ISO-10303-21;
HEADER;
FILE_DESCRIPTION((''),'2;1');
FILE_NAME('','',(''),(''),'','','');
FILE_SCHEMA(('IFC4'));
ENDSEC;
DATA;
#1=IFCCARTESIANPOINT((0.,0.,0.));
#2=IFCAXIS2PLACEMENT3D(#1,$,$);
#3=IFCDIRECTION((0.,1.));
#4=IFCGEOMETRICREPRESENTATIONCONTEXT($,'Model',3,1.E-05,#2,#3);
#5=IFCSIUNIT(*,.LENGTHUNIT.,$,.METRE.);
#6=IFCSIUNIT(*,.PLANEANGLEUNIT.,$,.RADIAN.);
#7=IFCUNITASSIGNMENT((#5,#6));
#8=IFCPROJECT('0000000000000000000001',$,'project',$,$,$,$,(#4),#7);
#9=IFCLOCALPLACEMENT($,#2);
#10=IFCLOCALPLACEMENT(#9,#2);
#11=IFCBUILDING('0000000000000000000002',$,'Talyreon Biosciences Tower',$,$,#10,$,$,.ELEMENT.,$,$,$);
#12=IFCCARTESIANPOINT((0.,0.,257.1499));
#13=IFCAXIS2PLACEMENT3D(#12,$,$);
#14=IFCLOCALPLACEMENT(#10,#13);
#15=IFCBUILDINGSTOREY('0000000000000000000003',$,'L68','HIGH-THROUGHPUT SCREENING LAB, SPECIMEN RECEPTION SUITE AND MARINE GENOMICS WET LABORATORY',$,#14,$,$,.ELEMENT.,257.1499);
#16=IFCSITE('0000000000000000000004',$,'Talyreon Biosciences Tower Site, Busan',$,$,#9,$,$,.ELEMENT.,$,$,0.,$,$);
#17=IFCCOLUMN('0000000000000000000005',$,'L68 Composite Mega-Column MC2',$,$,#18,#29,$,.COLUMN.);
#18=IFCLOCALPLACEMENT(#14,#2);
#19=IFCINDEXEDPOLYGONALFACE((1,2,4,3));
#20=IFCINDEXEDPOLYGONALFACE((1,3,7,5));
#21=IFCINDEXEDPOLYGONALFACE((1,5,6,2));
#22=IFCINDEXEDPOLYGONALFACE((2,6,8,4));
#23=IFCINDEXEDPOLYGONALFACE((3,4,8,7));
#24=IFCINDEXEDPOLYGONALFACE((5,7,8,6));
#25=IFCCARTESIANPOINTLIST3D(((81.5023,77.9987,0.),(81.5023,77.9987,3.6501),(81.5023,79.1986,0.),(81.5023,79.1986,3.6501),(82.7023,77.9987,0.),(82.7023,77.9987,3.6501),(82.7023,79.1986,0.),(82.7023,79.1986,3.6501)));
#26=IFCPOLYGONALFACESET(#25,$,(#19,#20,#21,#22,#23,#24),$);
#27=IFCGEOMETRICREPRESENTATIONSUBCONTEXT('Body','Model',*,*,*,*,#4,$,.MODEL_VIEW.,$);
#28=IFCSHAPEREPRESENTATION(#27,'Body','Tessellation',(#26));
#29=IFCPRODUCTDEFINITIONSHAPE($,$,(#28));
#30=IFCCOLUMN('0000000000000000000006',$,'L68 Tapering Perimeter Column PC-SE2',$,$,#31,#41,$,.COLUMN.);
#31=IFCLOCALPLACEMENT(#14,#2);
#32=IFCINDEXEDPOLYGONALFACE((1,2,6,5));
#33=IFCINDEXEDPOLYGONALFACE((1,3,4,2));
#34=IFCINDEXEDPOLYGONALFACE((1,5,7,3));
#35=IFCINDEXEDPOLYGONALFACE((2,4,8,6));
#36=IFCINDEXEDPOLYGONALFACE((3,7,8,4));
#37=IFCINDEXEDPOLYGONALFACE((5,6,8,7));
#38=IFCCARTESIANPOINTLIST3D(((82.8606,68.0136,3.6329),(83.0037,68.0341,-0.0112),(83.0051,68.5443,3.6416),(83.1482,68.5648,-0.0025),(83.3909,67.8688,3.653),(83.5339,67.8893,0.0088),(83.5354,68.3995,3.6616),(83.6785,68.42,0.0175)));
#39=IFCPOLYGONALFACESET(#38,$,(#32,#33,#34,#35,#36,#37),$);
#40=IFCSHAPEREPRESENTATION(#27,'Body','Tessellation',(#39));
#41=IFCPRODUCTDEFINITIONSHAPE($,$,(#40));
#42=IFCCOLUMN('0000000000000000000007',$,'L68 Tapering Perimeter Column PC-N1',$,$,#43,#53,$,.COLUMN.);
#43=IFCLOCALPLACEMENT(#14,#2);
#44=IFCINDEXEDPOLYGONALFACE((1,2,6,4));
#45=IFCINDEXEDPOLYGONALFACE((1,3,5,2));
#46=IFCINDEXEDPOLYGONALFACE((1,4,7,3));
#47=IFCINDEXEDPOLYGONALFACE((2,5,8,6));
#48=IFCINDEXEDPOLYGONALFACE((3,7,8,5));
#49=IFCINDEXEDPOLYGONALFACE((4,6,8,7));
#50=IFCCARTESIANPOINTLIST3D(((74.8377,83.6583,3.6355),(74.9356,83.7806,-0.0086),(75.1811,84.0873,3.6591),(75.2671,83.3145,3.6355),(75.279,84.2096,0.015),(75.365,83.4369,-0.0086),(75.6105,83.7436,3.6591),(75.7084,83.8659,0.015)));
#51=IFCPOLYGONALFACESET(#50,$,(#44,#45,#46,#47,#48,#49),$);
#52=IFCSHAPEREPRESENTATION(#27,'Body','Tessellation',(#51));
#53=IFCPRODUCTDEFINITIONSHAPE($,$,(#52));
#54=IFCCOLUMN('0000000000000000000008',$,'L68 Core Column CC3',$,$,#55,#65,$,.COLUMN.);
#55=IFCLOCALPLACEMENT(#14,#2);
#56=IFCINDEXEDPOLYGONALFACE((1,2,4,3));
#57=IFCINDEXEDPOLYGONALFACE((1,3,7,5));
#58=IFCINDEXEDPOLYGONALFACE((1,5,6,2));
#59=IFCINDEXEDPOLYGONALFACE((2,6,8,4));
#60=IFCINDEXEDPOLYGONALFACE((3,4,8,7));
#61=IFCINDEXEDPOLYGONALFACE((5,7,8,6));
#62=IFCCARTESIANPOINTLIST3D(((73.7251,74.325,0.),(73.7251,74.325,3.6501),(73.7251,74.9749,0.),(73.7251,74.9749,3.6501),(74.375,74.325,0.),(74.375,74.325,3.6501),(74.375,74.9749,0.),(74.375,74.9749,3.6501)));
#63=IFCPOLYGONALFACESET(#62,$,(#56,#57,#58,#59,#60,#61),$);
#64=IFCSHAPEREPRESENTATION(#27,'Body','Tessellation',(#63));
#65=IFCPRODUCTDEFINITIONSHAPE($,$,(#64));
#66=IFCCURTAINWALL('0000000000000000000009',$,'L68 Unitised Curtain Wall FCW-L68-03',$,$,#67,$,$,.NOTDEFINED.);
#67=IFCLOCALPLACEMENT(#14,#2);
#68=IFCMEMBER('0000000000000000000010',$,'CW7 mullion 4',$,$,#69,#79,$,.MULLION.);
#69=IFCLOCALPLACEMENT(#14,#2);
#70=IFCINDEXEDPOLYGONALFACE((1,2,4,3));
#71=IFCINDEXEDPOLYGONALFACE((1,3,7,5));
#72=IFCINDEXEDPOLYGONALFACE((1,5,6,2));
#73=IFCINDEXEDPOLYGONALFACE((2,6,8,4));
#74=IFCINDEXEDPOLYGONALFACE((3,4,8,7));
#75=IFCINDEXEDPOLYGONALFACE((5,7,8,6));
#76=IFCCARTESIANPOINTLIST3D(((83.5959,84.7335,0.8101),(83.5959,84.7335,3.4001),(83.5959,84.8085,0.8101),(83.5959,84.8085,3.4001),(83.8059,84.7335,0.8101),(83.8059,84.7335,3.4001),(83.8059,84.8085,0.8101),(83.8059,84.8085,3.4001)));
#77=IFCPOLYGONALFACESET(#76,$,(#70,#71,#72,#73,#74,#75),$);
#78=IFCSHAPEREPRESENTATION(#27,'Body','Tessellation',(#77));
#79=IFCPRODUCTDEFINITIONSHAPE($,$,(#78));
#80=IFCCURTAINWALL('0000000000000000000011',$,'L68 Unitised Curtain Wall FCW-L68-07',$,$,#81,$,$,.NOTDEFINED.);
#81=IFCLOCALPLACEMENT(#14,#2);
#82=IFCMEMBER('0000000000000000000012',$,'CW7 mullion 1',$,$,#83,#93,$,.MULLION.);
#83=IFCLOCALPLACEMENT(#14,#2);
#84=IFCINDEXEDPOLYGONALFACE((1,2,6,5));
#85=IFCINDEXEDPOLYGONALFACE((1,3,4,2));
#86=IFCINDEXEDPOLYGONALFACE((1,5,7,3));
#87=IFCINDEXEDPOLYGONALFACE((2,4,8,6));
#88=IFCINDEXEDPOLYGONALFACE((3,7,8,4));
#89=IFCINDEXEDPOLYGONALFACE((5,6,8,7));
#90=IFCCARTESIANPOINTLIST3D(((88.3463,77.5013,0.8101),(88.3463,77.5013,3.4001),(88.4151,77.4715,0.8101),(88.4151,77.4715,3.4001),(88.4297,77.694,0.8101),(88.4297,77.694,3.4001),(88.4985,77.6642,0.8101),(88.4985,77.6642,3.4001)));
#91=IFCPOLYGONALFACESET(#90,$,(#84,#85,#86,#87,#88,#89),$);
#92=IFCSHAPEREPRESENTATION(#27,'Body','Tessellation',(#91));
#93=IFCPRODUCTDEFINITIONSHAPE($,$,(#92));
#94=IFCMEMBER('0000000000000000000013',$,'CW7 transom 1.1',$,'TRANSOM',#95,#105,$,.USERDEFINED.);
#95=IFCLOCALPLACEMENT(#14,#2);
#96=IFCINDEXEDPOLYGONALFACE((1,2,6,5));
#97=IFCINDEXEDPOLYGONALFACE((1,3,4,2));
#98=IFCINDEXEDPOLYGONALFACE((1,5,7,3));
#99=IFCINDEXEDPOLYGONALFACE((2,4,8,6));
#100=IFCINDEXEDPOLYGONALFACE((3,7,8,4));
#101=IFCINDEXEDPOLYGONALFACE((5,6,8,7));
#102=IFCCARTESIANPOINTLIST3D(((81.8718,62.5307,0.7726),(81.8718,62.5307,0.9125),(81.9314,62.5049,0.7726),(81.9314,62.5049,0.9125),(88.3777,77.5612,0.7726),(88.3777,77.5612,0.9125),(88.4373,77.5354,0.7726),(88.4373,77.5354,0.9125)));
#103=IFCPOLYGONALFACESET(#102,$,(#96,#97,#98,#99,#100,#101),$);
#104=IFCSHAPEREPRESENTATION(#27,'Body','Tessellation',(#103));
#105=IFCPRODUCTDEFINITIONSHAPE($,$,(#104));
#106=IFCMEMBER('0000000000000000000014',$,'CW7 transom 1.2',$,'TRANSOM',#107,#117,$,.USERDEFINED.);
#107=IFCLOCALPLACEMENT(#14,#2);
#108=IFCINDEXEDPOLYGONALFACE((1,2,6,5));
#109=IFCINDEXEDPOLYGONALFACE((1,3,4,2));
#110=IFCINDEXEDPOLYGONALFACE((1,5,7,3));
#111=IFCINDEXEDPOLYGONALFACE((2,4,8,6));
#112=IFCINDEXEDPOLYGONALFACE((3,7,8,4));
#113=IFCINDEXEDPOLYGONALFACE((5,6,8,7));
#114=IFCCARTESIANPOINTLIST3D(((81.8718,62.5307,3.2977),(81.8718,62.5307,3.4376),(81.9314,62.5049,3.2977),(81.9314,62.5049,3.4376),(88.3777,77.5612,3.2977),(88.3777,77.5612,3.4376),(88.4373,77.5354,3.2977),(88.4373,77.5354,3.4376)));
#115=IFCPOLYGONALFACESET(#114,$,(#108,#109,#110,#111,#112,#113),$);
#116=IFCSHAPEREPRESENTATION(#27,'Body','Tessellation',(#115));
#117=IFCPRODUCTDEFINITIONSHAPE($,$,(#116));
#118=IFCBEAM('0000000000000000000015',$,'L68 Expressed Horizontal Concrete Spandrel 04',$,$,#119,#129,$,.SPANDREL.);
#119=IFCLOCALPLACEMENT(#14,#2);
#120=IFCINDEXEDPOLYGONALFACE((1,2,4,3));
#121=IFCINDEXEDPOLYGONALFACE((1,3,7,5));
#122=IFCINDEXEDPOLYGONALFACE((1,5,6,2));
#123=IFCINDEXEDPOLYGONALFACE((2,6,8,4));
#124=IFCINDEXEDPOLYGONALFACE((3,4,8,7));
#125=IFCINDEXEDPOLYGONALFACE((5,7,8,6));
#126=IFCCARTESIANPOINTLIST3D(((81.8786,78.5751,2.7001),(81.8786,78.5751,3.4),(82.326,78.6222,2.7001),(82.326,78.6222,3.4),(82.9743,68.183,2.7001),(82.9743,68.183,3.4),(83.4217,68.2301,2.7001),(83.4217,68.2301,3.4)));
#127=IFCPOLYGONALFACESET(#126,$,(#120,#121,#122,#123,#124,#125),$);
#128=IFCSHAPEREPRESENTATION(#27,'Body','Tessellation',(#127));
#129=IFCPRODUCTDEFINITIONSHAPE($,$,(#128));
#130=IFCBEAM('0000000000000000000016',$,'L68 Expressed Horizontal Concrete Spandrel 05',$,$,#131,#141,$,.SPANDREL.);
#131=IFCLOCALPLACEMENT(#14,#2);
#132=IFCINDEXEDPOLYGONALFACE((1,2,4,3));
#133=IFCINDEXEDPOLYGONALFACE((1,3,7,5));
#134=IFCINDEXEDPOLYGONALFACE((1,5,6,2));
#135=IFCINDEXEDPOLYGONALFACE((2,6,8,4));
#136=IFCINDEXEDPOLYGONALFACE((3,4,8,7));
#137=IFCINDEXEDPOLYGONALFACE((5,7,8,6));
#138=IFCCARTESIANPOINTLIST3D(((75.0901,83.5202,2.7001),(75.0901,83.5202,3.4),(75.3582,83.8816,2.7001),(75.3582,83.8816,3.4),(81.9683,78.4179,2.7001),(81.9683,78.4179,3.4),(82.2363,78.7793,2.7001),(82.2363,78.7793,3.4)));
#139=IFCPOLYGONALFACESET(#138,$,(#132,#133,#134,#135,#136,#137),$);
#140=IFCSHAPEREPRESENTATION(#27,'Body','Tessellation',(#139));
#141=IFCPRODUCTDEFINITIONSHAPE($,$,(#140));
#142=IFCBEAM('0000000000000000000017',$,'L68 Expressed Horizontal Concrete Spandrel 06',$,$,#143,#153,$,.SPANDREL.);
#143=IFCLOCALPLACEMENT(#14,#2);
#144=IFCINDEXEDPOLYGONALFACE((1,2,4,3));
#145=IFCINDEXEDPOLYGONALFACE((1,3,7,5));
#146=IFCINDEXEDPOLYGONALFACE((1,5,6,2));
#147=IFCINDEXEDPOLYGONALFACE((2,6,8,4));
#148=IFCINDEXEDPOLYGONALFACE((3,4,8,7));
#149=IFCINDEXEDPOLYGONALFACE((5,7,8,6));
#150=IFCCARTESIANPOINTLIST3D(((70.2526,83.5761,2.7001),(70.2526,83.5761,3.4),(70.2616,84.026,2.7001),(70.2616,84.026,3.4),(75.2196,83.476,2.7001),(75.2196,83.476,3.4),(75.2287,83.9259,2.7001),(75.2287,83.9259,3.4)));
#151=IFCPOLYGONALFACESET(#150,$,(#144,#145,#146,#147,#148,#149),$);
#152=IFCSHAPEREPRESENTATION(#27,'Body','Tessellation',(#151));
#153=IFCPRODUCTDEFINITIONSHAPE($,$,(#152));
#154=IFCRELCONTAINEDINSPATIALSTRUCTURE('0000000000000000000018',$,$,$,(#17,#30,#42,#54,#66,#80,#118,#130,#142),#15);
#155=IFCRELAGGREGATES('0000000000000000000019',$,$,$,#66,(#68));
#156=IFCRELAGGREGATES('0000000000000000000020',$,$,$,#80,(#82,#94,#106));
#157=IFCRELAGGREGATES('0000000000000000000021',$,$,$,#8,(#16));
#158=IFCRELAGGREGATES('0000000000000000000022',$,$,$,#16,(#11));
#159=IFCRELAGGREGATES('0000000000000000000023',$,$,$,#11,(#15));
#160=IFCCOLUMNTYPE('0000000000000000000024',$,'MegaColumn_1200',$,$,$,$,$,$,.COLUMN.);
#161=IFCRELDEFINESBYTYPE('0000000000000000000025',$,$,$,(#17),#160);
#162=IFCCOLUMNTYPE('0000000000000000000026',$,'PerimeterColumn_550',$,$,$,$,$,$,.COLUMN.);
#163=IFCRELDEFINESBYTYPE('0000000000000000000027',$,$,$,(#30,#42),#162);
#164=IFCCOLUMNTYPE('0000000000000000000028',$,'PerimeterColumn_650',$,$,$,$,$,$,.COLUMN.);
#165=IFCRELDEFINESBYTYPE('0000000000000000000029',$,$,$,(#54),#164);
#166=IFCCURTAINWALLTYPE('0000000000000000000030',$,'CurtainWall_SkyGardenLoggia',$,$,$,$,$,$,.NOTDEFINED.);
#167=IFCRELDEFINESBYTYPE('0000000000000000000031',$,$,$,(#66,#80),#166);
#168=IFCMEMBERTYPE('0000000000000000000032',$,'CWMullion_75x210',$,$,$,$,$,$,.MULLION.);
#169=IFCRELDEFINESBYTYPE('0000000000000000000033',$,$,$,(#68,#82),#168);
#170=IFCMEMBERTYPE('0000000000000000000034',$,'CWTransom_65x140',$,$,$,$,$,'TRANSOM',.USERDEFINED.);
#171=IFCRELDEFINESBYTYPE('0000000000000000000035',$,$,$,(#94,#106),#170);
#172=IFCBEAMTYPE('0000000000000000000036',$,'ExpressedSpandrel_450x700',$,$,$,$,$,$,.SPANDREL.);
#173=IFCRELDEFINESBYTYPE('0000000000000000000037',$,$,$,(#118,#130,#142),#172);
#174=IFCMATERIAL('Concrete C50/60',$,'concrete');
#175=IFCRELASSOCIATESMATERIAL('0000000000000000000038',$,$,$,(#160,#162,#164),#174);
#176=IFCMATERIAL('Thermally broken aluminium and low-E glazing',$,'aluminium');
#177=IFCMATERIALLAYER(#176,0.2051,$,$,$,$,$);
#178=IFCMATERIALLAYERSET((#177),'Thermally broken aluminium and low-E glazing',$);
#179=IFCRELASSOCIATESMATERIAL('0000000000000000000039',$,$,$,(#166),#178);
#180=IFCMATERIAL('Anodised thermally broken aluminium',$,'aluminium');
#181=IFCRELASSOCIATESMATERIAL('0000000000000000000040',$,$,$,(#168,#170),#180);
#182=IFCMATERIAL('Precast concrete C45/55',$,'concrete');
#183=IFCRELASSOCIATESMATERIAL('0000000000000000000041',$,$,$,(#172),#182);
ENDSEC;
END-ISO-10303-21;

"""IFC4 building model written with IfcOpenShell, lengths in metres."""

from ifc_helpers import new_model, si_unit, direction, frame, origin, origin_2d, place, context, subcontext, project, spatial, rectangle, extrude, material, layer, layer_set, material_profile, profile_set, type_object, element, aggregate, save


model = new_model("IFC4")

# Units and contexts
model_context = context("Model", 3, precision=1e-05, world=origin(), true_north=direction((0.0, 1.0)))
body_context = subcontext(model_context, "Body", "Model", "MODEL_VIEW")
ifc_project = project(units=[si_unit("LENGTHUNIT", "METRE"), si_unit("PLANEANGLEUNIT", "RADIAN")], contexts=[model_context])

# Site, building, storey
site_placement = place(None, origin())
site = spatial("IfcSite", under=ifc_project, at=site_placement, Name="Talyreon Biosciences Tower Site, Busan", CompositionType="ELEMENT", RefElevation=0.0)
building_placement = place(site_placement, origin())
building = spatial("IfcBuilding", under=site, at=building_placement, Name="Talyreon Biosciences Tower", CompositionType="ELEMENT")
storey_placement = place(building_placement, frame((0.0, 0.0, 257.1499)))
storey = spatial("IfcBuildingStorey", under=building, at=storey_placement, Name="L68", Description="HIGH-THROUGHPUT SCREENING LAB, SPECIMEN RECEPTION SUITE AND MARINE GENOMICS WET LABORATORY", CompositionType="ELEMENT", Elevation=257.1499)

# Columns
ifc_material_1 = material(Name="Concrete C50/60", Category="concrete")
ifc_material_profile_1 = material_profile(ifc_material_1, rectangle(XDim=1.2, YDim=1.2, at=origin_2d()), Name="RC 1200x1200")
ifc_profile_set_1 = profile_set([ifc_material_profile_1], Name="Concrete C50/60")
column_type_1 = type_object("IfcColumnType", Name="MegaColumn_1200", PredefinedType="COLUMN", material=ifc_profile_set_1)
column_1_placement = place(storey_placement, frame((82.1023, 78.5986, 0.0), z_axis=(0.0, 0.0, 1.0), x_axis=(1.0, 0.0, 0.0)))
element("IfcColumn", 1, at=column_1_placement, inside=storey, type_object=column_type_1, Name="L68 Composite Mega-Column MC2", PredefinedType="COLUMN", context=body_context, shape_type="SweptSolid", body=[
    extrude(rectangle(XDim=1.2, YDim=1.2, at=origin_2d()), origin(), (0.0, 0.0, 1.0), 3.6501),
])
ifc_material_profile_2 = material_profile(ifc_material_1, rectangle(XDim=0.55, YDim=0.55, at=origin_2d()), Name="RC 550x550")
ifc_profile_set_2 = profile_set([ifc_material_profile_2], Name="Concrete C50/60")
column_type_2 = type_object("IfcColumnType", Name="PerimeterColumn_550", PredefinedType="COLUMN", material=ifc_profile_set_2)
column_2_placement = place(storey_placement, frame((83.3411, 68.2271, 0.0032), z_axis=(-0.03923, -0.005623, 0.999214), x_axis=(0.964058, -0.263193, 0.036368)))
element("IfcColumn", 2, at=column_2_placement, inside=storey, type_object=column_type_2, Name="L68 Tapering Perimeter Column PC-SE2", PredefinedType="COLUMN", context=body_context, shape_type="SweptSolid", body=[
    extrude(rectangle(XDim=0.55, YDim=0.55, at=origin_2d()), origin(), (0.0, 0.0, 1.0), 3.647),
])
column_3_placement = place(storey_placement, frame((75.322, 83.8232, 0.0032), z_axis=(-0.026841, -0.033535, 0.999077), x_axis=(-0.780717, 0.624885, 0.0)))
element("IfcColumn", 3, at=column_3_placement, inside=storey, type_object=column_type_2, Name="L68 Tapering Perimeter Column PC-N1", PredefinedType="COLUMN", context=body_context, shape_type="SweptSolid", body=[
    extrude(rectangle(XDim=0.55, YDim=0.55, at=origin_2d()), origin(), (0.0, 0.0, 1.0), 3.6475),
])
ifc_material_profile_3 = material_profile(ifc_material_1, rectangle(XDim=0.6499, YDim=0.6499, at=origin_2d()), Name="RC 650x650")
ifc_profile_set_3 = profile_set([ifc_material_profile_3], Name="Concrete C50/60")
column_type_3 = type_object("IfcColumnType", Name="PerimeterColumn_650", PredefinedType="COLUMN", material=ifc_profile_set_3)
column_4_placement = place(storey_placement, frame((74.05, 74.6499, 0.0), z_axis=(0.0, 0.0, 1.0), x_axis=(1.0, 0.0, 0.0)))
element("IfcColumn", 4, at=column_4_placement, inside=storey, type_object=column_type_3, Name="L68 Core Column CC3", PredefinedType="COLUMN", context=body_context, shape_type="SweptSolid", body=[
    extrude(rectangle(XDim=0.6499, YDim=0.6499, at=origin_2d()), origin(), (0.0, 0.0, 1.0), 3.6501),
])

# Curtain wall, member
ifc_material_2 = material(Name="Thermally broken aluminium and low-E glazing", Category="aluminium")
ifc_layer_1 = layer(ifc_material_2, 0.2051)
ifc_layer_set_1 = layer_set([ifc_layer_1], Name="Thermally broken aluminium and low-E glazing")
curtain_wall_type = type_object("IfcCurtainWallType", Name="CurtainWall_SkyGardenLoggia", PredefinedType="NOTDEFINED", material=ifc_layer_set_1)
curtain_wall_1_placement = place(storey_placement, origin())
curtain_wall_1 = element("IfcCurtainWall", 5, at=curtain_wall_1_placement, inside=storey, type_object=curtain_wall_type, Name="L68 Unitised Curtain Wall FCW-L68-03", PredefinedType="NOTDEFINED")
ifc_material_3 = material(Name="Anodised thermally broken aluminium", Category="aluminium")
ifc_material_profile_4 = material_profile(ifc_material_3, rectangle(XDim=0.075, YDim=0.21, at=origin_2d()), Name="ALUM MULLION 75x210")
ifc_profile_set_4 = profile_set([ifc_material_profile_4], Name="Anodised thermally broken aluminium")
member_type_1 = type_object("IfcMemberType", Name="CWMullion_75x210", PredefinedType="MULLION", material=ifc_profile_set_4)
member_1_placement = place(storey_placement, frame((83.7009, 84.771, 0.8101), z_axis=(0.0, 0.0, 1.0), x_axis=(0.0, 1.0, 0.0)))
member_1 = element("IfcMember", 6, at=member_1_placement, type_object=member_type_1, Name="CW7 mullion 4", PredefinedType="MULLION", context=body_context, shape_type="SweptSolid", body=[
    extrude(rectangle(XDim=0.075, YDim=0.21, at=origin_2d()), origin(), (0.0, 0.0, 1.0), 2.5901),
])

# Curtain wall, members
curtain_wall_2_placement = place(storey_placement, origin())
curtain_wall_2 = element("IfcCurtainWall", 7, at=curtain_wall_2_placement, inside=storey, type_object=curtain_wall_type, Name="L68 Unitised Curtain Wall FCW-L68-07", PredefinedType="NOTDEFINED")
member_2_placement = place(storey_placement, frame((88.4224, 77.5828, 0.8101), z_axis=(0.0, 0.0, 1.0), x_axis=(0.917724, -0.397219, 0.0)))
member_2 = element("IfcMember", 8, at=member_2_placement, type_object=member_type_1, Name="CW7 mullion 1", PredefinedType="MULLION", context=body_context, shape_type="SweptSolid", body=[
    extrude(rectangle(XDim=0.075, YDim=0.21, at=origin_2d()), origin(), (0.0, 0.0, 1.0), 2.5901),
])
ifc_material_profile_5 = material_profile(ifc_material_3, rectangle(XDim=0.0649, YDim=0.1399, at=origin_2d()), Name="ALUM TRANSOM 65x140")
ifc_profile_set_5 = profile_set([ifc_material_profile_5], Name="Anodised thermally broken aluminium")
member_type_2 = type_object("IfcMemberType", Name="CWTransom_65x140", ElementType="TRANSOM", PredefinedType="USERDEFINED", material=ifc_profile_set_5)
member_3_placement = place(storey_placement, frame((88.4075, 77.5483, 0.8425), z_axis=(-0.397229, -0.91772, 0.0), x_axis=(0.91772, -0.397229, 0.0)))
member_3 = element("IfcMember", 9, at=member_3_placement, type_object=member_type_2, Name="CW7 transom 1.1", ObjectType="TRANSOM", PredefinedType="USERDEFINED", context=body_context, shape_type="SweptSolid", body=[
    extrude(rectangle(XDim=0.0649, YDim=0.1399, at=origin_2d()), origin(), (0.0, 0.0, 1.0), 16.3782),
])
member_4_placement = place(storey_placement, frame((88.4075, 77.5483, 3.3677), z_axis=(-0.397229, -0.91772, 0.0), x_axis=(0.91772, -0.397229, 0.0)))
member_4 = element("IfcMember", 10, at=member_4_placement, type_object=member_type_2, Name="CW7 transom 1.2", ObjectType="TRANSOM", PredefinedType="USERDEFINED", context=body_context, shape_type="SweptSolid", body=[
    extrude(rectangle(XDim=0.0649, YDim=0.1399, at=origin_2d()), origin(), (0.0, 0.0, 1.0), 16.3782),
])

# Beams
ifc_material_4 = material(Name="Precast concrete C45/55", Category="concrete")
ifc_material_profile_6 = material_profile(ifc_material_4, rectangle(XDim=0.45, YDim=0.7, at=origin_2d()), Name="RCB 450x700")
ifc_profile_set_6 = profile_set([ifc_material_profile_6], Name="Precast concrete C45/55")
beam_type_1 = type_object("IfcBeamType", Name="ExpressedSpandrel_450x700", PredefinedType="SPANDREL", material=ifc_profile_set_6)
beam_1_placement = place(storey_placement, frame((83.198, 68.2065, 3.05), z_axis=(-0.104855, 0.994488, 0.0), x_axis=(-0.994488, -0.104855, 0.0)))
element("IfcBeam", 11, at=beam_1_placement, inside=storey, type_object=beam_type_1, Name="L68 Expressed Horizontal Concrete Spandrel 04", PredefinedType="SPANDREL", context=body_context, shape_type="SweptSolid", body=[
    extrude(rectangle(XDim=0.45, YDim=0.7, at=origin_2d()), origin(), (0.0, 0.0, 1.0), 10.4497),
])
beam_2_placement = place(storey_placement, frame((82.1023, 78.5986, 3.05), z_axis=(-0.803146, 0.595782, 0.0), x_axis=(-0.595782, -0.803146, 0.0)))
element("IfcBeam", 12, at=beam_2_placement, inside=storey, type_object=beam_type_1, Name="L68 Expressed Horizontal Concrete Spandrel 05", PredefinedType="SPANDREL", context=body_context, shape_type="SweptSolid", body=[
    extrude(rectangle(XDim=0.45, YDim=0.7, at=origin_2d()), origin(), (0.0, 0.0, 1.0), 8.564),
])
beam_3_placement = place(storey_placement, frame((75.2241, 83.7009, 3.05), z_axis=(-0.999797, 0.020148, 0.0), x_axis=(-0.020148, -0.999797, 0.0)))
element("IfcBeam", 13, at=beam_3_placement, inside=storey, type_object=beam_type_1, Name="L68 Expressed Horizontal Concrete Spandrel 06", PredefinedType="SPANDREL", context=body_context, shape_type="SweptSolid", body=[
    extrude(rectangle(XDim=0.45, YDim=0.7, at=origin_2d()), origin(), (0.0, 0.0, 1.0), 4.968),
])

aggregate(curtain_wall_1, [member_1])
aggregate(curtain_wall_2, [member_2, member_3, member_4])

save(model, "model.ifc")
